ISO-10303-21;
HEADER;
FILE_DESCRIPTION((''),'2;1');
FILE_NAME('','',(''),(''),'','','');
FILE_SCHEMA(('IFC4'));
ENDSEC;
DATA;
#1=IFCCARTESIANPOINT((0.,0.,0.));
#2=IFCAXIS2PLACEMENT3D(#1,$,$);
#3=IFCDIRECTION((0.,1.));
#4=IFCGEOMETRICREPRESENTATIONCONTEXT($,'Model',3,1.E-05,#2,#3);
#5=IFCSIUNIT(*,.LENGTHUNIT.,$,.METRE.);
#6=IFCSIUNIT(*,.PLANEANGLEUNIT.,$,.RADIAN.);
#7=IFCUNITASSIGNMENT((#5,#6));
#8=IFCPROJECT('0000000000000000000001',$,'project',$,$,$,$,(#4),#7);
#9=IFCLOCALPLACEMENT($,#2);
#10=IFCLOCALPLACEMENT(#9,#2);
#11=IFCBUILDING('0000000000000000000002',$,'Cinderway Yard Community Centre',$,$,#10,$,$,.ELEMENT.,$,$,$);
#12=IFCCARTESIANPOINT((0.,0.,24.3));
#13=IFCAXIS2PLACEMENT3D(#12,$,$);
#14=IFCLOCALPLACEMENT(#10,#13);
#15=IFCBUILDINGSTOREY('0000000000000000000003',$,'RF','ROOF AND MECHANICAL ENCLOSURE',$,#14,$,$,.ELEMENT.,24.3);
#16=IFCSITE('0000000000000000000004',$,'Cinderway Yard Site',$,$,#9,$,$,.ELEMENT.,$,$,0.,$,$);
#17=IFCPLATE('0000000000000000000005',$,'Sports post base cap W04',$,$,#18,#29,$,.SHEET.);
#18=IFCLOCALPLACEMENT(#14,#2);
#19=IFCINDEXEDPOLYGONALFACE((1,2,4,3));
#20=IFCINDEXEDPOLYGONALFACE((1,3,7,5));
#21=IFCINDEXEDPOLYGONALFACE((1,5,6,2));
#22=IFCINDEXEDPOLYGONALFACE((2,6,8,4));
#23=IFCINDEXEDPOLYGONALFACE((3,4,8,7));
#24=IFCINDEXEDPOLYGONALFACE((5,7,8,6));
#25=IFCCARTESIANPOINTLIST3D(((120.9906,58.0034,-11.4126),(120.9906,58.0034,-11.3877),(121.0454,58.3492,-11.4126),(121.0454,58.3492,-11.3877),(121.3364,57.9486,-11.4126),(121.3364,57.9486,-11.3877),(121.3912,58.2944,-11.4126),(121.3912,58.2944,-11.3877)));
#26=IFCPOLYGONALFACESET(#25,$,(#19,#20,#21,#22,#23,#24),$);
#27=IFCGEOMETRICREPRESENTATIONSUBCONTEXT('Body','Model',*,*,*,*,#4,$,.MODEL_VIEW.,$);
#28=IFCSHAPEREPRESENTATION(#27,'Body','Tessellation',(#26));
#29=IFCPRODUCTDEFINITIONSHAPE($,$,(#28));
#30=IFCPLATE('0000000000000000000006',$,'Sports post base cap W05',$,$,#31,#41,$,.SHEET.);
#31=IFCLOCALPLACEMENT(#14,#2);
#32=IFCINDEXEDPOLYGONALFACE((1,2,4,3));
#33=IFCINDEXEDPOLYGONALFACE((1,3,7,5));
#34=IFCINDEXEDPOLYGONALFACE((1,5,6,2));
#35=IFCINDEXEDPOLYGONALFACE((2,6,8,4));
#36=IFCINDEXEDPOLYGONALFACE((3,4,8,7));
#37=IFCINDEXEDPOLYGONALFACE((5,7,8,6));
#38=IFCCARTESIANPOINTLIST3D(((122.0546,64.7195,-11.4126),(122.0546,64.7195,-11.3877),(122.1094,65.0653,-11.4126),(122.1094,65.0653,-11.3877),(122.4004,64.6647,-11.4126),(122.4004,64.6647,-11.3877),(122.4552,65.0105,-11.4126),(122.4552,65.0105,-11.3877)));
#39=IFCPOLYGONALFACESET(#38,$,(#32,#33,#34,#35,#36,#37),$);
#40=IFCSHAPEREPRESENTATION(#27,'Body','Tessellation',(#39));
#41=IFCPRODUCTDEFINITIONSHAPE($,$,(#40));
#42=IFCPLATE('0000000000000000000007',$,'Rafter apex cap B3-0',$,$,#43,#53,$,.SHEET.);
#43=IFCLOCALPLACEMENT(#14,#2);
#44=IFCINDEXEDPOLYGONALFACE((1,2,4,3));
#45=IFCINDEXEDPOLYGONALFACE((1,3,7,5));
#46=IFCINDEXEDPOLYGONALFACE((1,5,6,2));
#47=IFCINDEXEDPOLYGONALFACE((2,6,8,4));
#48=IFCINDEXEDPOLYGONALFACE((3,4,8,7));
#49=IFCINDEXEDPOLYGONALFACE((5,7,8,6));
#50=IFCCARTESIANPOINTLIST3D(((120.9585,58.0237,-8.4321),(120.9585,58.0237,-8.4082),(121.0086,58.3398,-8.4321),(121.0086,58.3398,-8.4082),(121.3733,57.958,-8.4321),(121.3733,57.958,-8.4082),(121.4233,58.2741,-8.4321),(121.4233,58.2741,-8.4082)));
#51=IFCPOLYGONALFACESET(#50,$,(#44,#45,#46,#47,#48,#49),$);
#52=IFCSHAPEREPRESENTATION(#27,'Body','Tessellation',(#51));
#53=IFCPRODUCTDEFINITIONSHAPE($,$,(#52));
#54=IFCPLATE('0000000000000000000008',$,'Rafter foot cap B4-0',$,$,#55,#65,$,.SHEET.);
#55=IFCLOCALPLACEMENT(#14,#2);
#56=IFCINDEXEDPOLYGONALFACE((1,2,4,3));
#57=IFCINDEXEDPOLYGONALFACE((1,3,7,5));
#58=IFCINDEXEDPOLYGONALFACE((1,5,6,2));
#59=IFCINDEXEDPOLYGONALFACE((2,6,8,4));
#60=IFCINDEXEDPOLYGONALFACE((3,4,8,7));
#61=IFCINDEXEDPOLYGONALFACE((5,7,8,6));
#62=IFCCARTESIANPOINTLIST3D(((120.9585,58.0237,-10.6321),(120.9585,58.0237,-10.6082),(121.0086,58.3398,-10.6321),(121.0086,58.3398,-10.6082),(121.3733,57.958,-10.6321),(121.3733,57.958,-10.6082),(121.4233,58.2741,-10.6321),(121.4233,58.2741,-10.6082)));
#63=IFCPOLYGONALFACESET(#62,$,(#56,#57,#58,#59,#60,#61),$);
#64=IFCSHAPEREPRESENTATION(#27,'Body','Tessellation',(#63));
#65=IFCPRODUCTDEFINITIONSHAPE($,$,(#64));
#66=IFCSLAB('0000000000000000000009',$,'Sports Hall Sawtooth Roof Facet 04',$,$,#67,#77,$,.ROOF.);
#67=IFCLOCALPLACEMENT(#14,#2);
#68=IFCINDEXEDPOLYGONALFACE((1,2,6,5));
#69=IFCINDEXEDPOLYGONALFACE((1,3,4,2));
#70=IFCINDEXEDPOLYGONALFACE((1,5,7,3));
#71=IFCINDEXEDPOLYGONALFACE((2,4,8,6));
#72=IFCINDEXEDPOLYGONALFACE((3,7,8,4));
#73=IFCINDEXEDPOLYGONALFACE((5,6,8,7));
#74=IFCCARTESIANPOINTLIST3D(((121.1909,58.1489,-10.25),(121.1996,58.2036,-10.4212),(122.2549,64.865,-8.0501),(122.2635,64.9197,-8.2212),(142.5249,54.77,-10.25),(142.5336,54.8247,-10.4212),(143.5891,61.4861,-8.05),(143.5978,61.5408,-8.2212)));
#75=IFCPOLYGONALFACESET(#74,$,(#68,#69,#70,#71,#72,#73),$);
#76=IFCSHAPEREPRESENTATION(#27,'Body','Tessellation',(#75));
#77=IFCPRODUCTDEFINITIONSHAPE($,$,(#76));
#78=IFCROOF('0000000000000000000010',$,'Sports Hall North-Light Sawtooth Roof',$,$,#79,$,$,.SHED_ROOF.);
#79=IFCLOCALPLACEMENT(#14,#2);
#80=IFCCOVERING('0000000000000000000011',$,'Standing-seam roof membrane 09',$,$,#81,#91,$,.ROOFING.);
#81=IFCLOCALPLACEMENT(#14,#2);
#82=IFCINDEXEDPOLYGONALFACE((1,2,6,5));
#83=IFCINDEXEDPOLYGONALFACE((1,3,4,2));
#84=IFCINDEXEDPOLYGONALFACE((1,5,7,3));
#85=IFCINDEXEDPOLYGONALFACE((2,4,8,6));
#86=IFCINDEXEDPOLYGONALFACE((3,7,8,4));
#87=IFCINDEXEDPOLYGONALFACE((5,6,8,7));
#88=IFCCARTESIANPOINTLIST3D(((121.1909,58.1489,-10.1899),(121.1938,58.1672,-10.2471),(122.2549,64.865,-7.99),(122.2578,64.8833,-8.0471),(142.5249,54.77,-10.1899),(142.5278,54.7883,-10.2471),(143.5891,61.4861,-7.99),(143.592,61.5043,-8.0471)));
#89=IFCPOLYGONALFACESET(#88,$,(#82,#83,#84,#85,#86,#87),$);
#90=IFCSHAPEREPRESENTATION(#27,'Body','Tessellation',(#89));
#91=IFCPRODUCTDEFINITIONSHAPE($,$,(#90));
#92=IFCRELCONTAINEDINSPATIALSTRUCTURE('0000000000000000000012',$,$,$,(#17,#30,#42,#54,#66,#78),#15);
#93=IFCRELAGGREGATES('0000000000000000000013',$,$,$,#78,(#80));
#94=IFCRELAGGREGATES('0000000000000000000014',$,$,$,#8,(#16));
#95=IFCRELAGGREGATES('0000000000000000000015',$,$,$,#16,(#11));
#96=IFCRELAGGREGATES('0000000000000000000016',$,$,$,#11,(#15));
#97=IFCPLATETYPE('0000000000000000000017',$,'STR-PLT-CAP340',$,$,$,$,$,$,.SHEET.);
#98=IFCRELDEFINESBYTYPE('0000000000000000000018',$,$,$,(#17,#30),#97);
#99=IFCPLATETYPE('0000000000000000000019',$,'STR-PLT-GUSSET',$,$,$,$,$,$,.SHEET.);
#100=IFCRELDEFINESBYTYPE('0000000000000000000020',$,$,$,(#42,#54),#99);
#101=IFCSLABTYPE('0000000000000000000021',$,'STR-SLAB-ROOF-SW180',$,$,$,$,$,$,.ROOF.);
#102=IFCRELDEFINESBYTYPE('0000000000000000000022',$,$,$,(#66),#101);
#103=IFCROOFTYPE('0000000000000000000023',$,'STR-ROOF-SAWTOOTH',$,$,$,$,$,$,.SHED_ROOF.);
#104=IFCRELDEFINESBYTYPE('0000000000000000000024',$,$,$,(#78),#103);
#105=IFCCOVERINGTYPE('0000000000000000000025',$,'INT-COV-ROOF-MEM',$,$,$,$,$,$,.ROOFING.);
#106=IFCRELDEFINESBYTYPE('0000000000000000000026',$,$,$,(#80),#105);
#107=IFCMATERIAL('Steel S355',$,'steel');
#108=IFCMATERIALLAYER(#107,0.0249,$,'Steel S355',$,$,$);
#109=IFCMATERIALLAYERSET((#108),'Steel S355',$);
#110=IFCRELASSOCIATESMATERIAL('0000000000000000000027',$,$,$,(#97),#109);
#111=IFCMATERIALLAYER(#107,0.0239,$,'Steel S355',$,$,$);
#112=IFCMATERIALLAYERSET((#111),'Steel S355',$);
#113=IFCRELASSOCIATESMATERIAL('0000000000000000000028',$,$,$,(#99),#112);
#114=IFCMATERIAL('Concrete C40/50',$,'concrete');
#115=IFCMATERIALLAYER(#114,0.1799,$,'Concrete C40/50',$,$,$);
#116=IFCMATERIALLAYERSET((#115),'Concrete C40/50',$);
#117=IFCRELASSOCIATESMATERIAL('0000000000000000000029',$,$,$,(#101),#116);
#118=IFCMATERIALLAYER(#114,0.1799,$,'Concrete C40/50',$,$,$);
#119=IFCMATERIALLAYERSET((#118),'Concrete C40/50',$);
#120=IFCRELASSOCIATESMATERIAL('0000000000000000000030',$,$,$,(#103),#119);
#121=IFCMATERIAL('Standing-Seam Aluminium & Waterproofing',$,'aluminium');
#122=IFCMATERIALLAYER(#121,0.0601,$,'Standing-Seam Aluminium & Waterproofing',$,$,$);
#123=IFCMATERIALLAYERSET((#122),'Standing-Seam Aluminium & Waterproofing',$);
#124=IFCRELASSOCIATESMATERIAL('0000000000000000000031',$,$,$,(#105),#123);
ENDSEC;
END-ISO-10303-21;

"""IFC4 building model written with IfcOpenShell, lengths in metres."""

from ifc_helpers import new_model, si_unit, direction, frame, origin, origin_2d, place, context, subcontext, project, spatial, polyline, rectangle, outline, extrude, material, layer, layer_set, type_object, element, aggregate, save


model = new_model("IFC4")

# Units and contexts
model_context = context("Model", 3, precision=1e-05, world=origin(), true_north=direction((0.0, 1.0)))
body_context = subcontext(model_context, "Body", "Model", "MODEL_VIEW")
ifc_project = project(units=[si_unit("LENGTHUNIT", "METRE"), si_unit("PLANEANGLEUNIT", "RADIAN")], contexts=[model_context])

# Site, building, storey
site_placement = place(None, origin())
site = spatial("IfcSite", under=ifc_project, at=site_placement, Name="Cinderway Yard Site", CompositionType="ELEMENT", RefElevation=0.0)
building_placement = place(site_placement, origin())
building = spatial("IfcBuilding", under=site, at=building_placement, Name="Cinderway Yard Community Centre", CompositionType="ELEMENT")
storey_placement = place(building_placement, frame((0.0, 0.0, 24.3)))
storey = spatial("IfcBuildingStorey", under=building, at=storey_placement, Name="RF", Description="ROOF AND MECHANICAL ENCLOSURE", CompositionType="ELEMENT", Elevation=24.3)

# Shared definitions
ifc_material_1 = material(Name="Steel S355", Category="steel")

# Plates
ifc_layer_1 = layer(ifc_material_1, 0.0249, Name="Steel S355")
ifc_layer_set_1 = layer_set([ifc_layer_1], Name="Steel S355")
plate_type_1 = type_object("IfcPlateType", Name="STR-PLT-CAP340", PredefinedType="SHEET", material=ifc_layer_set_1)
for number, where, z_axis, x_axis, name in (
    (1, (121.1909, 58.1489, -11.4126), (0.0, 0.0, 1.0), (0.987688, -0.156434, 0.0), "Sports post base cap W04"),
    (2, (122.2549, 64.865, -11.4126), (0.0, 0.0, 1.0), (0.987688, -0.156434, 0.0), "Sports post base cap W05"),
):
    element("IfcPlate", number, at=place(storey_placement, frame(where, z_axis=z_axis, x_axis=x_axis)), inside=storey, type_object=plate_type_1, Name=name, PredefinedType="SHEET", context=body_context, shape_type="SweptSolid", body=[
        extrude(rectangle(XDim=0.3501, YDim=0.3501, at=origin_2d()), origin(), (0.0, 0.0, 1.0), 0.0249),
    ])
ifc_layer_2 = layer(ifc_material_1, 0.0239, Name="Steel S355")
ifc_layer_set_2 = layer_set([ifc_layer_2], Name="Steel S355")
plate_type_2 = type_object("IfcPlateType", Name="STR-PLT-GUSSET", PredefinedType="SHEET", material=ifc_layer_set_2)
for number, where, z_axis, x_axis, name in (
    (3, (121.1909, 58.1489, -8.4321), (0.0, 0.0, 1.0), (0.987688, -0.156434, 0.0), "Rafter apex cap B3-0"),
    (4, (121.1909, 58.1489, -10.6321), (0.0, 0.0, 1.0), (0.987688, -0.156434, 0.0), "Rafter foot cap B4-0"),
):
    element("IfcPlate", number, at=place(storey_placement, frame(where, z_axis=z_axis, x_axis=x_axis)), inside=storey, type_object=plate_type_2, Name=name, PredefinedType="SHEET", context=body_context, shape_type="SweptSolid", body=[
        extrude(rectangle(XDim=0.4199, YDim=0.3201, at=origin_2d()), origin(), (0.0, 0.0, 1.0), 0.0239),
    ])

# Slab
ifc_material_2 = material(Name="Concrete C40/50", Category="concrete")
ifc_layer_3 = layer(ifc_material_2, 0.1799, Name="Concrete C40/50")
ifc_layer_set_3 = layer_set([ifc_layer_3], Name="Concrete C40/50")
slab_type = type_object("IfcSlabType", Name="STR-SLAB-ROOF-SW180", PredefinedType="ROOF", material=ifc_layer_set_3)
slab_placement = place(storey_placement, frame((121.1909, 58.1489, -10.25), z_axis=(-0.048153, -0.304031, 0.951444), x_axis=(0.987689, -0.156431, 0.0)))
element("IfcSlab", 5, at=slab_placement, inside=storey, type_object=slab_type, Name="Sports Hall Sawtooth Roof Facet 04", PredefinedType="ROOF", context=body_context, shape_type="SweptSolid", body=[
    extrude(outline(polyline([(0.0, 0.0), (21.5999, 0.0), (21.6004, 7.1469), (0.0003, 7.1468), (0.0, 0.0)])), origin(), (0.0, 0.0, -1.0), 0.1799),
])

# Roof, covering
ifc_layer_4 = layer(ifc_material_2, 0.1799, Name="Concrete C40/50")
ifc_layer_set_4 = layer_set([ifc_layer_4], Name="Concrete C40/50")
roof_type = type_object("IfcRoofType", Name="STR-ROOF-SAWTOOTH", PredefinedType="SHED_ROOF", material=ifc_layer_set_4)
roof_placement = place(storey_placement, origin())
roof = element("IfcRoof", 6, at=roof_placement, inside=storey, type_object=roof_type, Name="Sports Hall North-Light Sawtooth Roof", PredefinedType="SHED_ROOF")
ifc_material_3 = material(Name="Standing-Seam Aluminium & Waterproofing", Category="aluminium")
ifc_layer_5 = layer(ifc_material_3, 0.0601, Name="Standing-Seam Aluminium & Waterproofing")
ifc_layer_set_5 = layer_set([ifc_layer_5], Name="Standing-Seam Aluminium & Waterproofing")
covering_type = type_object("IfcCoveringType", Name="INT-COV-ROOF-MEM", PredefinedType="ROOFING", material=ifc_layer_set_5)
covering_placement = place(storey_placement, frame((121.1909, 58.1489, -10.1899), z_axis=(-0.048153, -0.304031, 0.951444), x_axis=(0.987689, -0.156431, 0.0)))
covering = element("IfcCovering", 7, at=covering_placement, type_object=covering_type, Name="Standing-seam roof membrane 09", PredefinedType="ROOFING", context=body_context, shape_type="SweptSolid", body=[
    extrude(outline(polyline([(0.0, 0.0), (21.5999, 0.0), (21.6004, 7.1469), (0.0003, 7.1468), (0.0, 0.0)])), origin(), (0.0, 0.0, -1.0), 0.0601),
])
aggregate(roof, [covering])

save(model, "model.ifc")
